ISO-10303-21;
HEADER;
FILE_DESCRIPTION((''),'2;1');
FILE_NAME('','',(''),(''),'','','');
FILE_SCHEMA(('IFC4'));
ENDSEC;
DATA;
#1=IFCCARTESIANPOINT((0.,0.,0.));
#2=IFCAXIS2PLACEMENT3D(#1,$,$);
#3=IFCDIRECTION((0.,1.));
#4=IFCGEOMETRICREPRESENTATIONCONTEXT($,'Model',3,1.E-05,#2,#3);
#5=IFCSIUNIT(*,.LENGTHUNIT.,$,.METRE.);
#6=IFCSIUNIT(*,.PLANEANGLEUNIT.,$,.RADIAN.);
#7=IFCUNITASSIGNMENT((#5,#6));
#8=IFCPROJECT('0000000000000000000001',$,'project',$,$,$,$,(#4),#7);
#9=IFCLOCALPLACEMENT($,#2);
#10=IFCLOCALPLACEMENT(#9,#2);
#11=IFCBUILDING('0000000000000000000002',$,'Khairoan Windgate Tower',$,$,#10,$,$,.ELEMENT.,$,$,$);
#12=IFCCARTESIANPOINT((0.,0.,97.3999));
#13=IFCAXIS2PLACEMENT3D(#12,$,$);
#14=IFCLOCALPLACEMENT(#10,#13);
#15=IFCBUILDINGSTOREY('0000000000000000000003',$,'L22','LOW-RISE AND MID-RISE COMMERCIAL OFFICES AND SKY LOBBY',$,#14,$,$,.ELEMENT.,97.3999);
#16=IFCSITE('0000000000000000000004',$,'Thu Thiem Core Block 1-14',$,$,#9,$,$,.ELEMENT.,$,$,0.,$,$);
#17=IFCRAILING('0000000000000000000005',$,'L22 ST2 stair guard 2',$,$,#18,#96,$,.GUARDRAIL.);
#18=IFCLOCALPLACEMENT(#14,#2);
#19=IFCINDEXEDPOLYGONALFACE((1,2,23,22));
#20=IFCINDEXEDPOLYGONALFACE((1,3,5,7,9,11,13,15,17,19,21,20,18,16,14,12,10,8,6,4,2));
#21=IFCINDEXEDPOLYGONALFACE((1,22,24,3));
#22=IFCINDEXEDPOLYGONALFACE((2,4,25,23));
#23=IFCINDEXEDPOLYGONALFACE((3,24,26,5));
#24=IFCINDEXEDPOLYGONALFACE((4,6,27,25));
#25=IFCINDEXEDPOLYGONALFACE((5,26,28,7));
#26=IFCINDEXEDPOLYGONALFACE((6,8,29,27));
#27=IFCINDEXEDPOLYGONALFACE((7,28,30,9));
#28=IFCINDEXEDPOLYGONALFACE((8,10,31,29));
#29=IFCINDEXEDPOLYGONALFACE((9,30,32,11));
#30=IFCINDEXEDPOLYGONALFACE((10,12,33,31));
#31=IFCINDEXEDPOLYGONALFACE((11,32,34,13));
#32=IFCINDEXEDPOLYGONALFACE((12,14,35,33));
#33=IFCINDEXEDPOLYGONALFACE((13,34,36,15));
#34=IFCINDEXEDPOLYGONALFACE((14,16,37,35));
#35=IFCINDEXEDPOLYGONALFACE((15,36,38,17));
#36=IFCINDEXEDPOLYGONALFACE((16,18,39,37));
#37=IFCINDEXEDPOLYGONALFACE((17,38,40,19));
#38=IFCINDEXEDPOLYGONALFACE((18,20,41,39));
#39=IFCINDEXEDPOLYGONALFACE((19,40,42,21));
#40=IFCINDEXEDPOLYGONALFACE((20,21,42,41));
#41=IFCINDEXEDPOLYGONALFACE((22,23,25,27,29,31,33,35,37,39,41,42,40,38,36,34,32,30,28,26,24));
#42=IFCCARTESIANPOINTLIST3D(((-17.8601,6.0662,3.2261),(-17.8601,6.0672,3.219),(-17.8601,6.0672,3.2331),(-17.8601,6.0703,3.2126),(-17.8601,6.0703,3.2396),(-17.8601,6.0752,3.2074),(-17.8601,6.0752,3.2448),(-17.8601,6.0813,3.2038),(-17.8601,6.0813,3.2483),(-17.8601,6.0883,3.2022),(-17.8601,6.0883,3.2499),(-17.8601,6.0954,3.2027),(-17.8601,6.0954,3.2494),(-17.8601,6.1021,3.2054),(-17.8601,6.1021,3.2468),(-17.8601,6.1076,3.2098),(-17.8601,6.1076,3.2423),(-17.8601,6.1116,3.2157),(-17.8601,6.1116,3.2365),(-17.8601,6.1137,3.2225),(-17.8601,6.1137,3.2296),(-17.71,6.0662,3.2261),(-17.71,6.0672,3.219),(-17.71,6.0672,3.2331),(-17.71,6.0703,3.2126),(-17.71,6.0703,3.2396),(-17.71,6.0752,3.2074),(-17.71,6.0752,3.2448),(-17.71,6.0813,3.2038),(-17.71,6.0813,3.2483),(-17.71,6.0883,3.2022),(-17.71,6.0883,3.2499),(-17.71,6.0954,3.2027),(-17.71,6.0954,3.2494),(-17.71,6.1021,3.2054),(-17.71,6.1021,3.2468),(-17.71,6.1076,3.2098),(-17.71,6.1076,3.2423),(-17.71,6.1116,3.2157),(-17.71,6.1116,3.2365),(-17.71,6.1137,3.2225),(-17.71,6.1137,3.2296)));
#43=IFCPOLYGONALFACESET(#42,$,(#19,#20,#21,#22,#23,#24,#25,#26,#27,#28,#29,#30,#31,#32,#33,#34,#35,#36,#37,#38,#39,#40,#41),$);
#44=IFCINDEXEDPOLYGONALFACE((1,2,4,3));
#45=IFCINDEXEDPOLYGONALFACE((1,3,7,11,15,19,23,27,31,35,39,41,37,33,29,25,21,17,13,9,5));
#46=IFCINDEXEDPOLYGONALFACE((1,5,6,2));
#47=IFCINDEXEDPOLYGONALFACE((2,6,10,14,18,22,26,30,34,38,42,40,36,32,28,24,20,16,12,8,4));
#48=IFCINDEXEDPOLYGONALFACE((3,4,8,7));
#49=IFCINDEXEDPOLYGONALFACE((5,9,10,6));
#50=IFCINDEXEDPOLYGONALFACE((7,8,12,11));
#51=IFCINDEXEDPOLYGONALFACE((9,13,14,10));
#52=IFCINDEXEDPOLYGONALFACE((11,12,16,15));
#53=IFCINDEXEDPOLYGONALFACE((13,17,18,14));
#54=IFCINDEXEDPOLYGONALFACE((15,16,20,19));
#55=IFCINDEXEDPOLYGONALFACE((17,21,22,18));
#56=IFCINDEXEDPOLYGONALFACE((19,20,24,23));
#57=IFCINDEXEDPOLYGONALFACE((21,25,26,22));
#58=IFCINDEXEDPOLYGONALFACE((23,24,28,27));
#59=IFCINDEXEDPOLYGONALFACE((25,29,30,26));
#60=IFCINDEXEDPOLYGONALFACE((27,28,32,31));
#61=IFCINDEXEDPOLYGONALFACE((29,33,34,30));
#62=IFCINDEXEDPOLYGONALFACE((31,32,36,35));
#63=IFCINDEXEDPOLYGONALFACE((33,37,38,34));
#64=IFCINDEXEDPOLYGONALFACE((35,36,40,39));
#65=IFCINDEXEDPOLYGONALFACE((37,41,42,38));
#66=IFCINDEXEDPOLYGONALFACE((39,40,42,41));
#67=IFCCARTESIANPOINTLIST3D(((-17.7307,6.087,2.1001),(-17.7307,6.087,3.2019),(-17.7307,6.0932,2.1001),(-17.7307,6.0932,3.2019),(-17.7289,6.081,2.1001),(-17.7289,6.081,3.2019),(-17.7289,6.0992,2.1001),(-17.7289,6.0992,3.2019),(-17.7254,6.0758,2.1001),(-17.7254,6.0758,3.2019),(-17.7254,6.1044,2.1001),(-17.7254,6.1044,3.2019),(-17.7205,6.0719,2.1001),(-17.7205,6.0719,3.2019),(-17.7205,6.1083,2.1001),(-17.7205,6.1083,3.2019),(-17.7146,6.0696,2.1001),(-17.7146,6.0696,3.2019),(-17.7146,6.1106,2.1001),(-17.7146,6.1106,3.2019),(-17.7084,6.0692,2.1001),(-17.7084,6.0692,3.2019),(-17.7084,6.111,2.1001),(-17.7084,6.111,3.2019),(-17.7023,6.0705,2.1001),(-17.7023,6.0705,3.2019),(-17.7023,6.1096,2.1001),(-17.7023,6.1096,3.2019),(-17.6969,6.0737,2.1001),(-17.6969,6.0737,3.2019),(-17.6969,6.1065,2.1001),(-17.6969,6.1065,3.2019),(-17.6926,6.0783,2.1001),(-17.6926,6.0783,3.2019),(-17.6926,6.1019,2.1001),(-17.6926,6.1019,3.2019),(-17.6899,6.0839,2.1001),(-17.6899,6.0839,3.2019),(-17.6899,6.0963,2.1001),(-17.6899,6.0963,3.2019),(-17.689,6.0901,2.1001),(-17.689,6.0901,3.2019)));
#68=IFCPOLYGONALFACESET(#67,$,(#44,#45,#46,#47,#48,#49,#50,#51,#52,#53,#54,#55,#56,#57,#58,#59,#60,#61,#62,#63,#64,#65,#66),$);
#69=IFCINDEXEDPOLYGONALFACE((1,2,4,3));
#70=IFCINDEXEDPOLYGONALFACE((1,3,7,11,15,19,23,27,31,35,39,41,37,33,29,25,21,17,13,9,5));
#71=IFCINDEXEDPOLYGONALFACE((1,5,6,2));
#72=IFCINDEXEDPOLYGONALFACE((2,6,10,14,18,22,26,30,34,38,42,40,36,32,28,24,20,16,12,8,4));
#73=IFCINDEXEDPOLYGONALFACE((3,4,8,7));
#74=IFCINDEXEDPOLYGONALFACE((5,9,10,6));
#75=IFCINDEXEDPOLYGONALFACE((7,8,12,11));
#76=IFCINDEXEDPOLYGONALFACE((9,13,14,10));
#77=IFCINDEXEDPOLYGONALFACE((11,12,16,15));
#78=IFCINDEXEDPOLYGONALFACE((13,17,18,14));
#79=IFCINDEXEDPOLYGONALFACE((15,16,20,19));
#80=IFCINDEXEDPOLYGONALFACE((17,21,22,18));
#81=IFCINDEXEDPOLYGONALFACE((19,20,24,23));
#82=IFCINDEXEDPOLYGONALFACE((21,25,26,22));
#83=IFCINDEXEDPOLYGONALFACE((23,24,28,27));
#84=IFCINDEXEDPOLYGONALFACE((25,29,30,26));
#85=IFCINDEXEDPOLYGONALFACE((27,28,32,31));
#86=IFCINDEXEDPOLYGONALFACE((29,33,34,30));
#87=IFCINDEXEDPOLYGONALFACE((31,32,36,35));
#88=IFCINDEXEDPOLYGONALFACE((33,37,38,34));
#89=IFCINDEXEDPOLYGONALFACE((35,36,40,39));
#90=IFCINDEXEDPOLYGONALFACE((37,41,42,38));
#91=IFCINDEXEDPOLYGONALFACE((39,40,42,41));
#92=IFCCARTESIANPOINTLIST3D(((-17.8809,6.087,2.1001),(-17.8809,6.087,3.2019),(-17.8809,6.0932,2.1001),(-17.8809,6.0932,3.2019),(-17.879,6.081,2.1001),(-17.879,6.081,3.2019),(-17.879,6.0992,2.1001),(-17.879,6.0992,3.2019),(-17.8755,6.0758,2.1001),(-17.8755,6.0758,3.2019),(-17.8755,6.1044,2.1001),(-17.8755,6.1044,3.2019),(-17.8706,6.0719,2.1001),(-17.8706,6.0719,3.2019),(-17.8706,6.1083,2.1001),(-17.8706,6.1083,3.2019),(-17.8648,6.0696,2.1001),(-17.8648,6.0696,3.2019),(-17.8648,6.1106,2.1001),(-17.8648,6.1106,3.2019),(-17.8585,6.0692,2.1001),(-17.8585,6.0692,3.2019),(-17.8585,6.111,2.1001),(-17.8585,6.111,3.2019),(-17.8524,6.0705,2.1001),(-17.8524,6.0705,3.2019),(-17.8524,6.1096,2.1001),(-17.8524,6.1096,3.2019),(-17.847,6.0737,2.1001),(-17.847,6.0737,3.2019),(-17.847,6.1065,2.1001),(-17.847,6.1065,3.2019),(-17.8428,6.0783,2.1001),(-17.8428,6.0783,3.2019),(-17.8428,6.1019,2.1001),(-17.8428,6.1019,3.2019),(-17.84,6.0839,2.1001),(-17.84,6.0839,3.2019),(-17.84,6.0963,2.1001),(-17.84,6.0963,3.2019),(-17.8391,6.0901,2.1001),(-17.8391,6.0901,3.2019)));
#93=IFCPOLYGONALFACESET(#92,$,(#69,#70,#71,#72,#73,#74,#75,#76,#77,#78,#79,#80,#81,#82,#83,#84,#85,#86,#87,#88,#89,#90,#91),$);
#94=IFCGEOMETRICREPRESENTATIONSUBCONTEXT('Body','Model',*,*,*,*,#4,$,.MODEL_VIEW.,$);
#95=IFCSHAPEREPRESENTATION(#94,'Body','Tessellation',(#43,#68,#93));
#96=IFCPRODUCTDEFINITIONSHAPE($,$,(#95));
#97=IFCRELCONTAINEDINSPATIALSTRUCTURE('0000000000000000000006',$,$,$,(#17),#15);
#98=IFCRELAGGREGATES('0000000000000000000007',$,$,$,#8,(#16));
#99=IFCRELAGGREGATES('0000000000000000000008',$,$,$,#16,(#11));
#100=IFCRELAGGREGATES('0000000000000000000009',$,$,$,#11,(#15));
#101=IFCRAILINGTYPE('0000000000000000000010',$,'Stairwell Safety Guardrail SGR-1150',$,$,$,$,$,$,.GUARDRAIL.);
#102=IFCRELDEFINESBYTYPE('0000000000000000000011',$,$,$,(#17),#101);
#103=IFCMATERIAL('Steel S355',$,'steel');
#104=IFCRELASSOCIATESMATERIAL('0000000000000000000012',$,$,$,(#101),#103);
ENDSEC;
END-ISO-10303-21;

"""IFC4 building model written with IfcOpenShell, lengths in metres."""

from ifc_helpers import new_model, si_unit, direction, frame, origin, origin_2d, place, context, subcontext, project, spatial, circle, extrude, material, type_object, element, save


model = new_model("IFC4")

# Units and contexts
model_context = context("Model", 3, precision=1e-05, world=origin(), true_north=direction((0.0, 1.0)))
body_context = subcontext(model_context, "Body", "Model", "MODEL_VIEW")
ifc_project = project(units=[si_unit("LENGTHUNIT", "METRE"), si_unit("PLANEANGLEUNIT", "RADIAN")], contexts=[model_context])

# Site, building, storey
site_placement = place(None, origin())
site = spatial("IfcSite", under=ifc_project, at=site_placement, Name="Thu Thiem Core Block 1-14", CompositionType="ELEMENT", RefElevation=0.0)
building_placement = place(site_placement, origin())
building = spatial("IfcBuilding", under=site, at=building_placement, Name="Khairoan Windgate Tower", CompositionType="ELEMENT")
storey_placement = place(building_placement, frame((0.0, 0.0, 97.3999)))
storey = spatial("IfcBuildingStorey", under=building, at=storey_placement, Name="L22", Description="LOW-RISE AND MID-RISE COMMERCIAL OFFICES AND SKY LOBBY", CompositionType="ELEMENT", Elevation=97.3999)

# Railing
ifc_material_1 = material(Name="Steel S355", Category="steel")
railing_type_1 = type_object("IfcRailingType", Name="Stairwell Safety Guardrail SGR-1150", PredefinedType="GUARDRAIL", material=ifc_material_1)
railing_1_placement = place(storey_placement, frame((-17.71, 6.0901, 2.1001)))
element("IfcRailing", 1, at=railing_1_placement, inside=storey, type_object=railing_type_1, Name="L22 ST2 stair guard 2", PredefinedType="GUARDRAIL", context=body_context, shape_type="SweptSolid", body=[
    extrude(circle(Radius=0.0239, at=origin_2d()), frame((0.0, 0.0, 1.126), z_axis=(-1.0, 0.0, 0.0), x_axis=(0.0, -1.0, 0.0)), (0.0, 0.0, 1.0), 0.1501),
    extrude(circle(Radius=0.021, at=origin_2d()), origin(), (0.0, 0.0, 1.0), 1.1018),
    extrude(circle(Radius=0.021, at=origin_2d()), frame((-0.1501, 0.0, 0.0)), (0.0, 0.0, 1.0), 1.1018),
])

save(model, "model.ifc")
